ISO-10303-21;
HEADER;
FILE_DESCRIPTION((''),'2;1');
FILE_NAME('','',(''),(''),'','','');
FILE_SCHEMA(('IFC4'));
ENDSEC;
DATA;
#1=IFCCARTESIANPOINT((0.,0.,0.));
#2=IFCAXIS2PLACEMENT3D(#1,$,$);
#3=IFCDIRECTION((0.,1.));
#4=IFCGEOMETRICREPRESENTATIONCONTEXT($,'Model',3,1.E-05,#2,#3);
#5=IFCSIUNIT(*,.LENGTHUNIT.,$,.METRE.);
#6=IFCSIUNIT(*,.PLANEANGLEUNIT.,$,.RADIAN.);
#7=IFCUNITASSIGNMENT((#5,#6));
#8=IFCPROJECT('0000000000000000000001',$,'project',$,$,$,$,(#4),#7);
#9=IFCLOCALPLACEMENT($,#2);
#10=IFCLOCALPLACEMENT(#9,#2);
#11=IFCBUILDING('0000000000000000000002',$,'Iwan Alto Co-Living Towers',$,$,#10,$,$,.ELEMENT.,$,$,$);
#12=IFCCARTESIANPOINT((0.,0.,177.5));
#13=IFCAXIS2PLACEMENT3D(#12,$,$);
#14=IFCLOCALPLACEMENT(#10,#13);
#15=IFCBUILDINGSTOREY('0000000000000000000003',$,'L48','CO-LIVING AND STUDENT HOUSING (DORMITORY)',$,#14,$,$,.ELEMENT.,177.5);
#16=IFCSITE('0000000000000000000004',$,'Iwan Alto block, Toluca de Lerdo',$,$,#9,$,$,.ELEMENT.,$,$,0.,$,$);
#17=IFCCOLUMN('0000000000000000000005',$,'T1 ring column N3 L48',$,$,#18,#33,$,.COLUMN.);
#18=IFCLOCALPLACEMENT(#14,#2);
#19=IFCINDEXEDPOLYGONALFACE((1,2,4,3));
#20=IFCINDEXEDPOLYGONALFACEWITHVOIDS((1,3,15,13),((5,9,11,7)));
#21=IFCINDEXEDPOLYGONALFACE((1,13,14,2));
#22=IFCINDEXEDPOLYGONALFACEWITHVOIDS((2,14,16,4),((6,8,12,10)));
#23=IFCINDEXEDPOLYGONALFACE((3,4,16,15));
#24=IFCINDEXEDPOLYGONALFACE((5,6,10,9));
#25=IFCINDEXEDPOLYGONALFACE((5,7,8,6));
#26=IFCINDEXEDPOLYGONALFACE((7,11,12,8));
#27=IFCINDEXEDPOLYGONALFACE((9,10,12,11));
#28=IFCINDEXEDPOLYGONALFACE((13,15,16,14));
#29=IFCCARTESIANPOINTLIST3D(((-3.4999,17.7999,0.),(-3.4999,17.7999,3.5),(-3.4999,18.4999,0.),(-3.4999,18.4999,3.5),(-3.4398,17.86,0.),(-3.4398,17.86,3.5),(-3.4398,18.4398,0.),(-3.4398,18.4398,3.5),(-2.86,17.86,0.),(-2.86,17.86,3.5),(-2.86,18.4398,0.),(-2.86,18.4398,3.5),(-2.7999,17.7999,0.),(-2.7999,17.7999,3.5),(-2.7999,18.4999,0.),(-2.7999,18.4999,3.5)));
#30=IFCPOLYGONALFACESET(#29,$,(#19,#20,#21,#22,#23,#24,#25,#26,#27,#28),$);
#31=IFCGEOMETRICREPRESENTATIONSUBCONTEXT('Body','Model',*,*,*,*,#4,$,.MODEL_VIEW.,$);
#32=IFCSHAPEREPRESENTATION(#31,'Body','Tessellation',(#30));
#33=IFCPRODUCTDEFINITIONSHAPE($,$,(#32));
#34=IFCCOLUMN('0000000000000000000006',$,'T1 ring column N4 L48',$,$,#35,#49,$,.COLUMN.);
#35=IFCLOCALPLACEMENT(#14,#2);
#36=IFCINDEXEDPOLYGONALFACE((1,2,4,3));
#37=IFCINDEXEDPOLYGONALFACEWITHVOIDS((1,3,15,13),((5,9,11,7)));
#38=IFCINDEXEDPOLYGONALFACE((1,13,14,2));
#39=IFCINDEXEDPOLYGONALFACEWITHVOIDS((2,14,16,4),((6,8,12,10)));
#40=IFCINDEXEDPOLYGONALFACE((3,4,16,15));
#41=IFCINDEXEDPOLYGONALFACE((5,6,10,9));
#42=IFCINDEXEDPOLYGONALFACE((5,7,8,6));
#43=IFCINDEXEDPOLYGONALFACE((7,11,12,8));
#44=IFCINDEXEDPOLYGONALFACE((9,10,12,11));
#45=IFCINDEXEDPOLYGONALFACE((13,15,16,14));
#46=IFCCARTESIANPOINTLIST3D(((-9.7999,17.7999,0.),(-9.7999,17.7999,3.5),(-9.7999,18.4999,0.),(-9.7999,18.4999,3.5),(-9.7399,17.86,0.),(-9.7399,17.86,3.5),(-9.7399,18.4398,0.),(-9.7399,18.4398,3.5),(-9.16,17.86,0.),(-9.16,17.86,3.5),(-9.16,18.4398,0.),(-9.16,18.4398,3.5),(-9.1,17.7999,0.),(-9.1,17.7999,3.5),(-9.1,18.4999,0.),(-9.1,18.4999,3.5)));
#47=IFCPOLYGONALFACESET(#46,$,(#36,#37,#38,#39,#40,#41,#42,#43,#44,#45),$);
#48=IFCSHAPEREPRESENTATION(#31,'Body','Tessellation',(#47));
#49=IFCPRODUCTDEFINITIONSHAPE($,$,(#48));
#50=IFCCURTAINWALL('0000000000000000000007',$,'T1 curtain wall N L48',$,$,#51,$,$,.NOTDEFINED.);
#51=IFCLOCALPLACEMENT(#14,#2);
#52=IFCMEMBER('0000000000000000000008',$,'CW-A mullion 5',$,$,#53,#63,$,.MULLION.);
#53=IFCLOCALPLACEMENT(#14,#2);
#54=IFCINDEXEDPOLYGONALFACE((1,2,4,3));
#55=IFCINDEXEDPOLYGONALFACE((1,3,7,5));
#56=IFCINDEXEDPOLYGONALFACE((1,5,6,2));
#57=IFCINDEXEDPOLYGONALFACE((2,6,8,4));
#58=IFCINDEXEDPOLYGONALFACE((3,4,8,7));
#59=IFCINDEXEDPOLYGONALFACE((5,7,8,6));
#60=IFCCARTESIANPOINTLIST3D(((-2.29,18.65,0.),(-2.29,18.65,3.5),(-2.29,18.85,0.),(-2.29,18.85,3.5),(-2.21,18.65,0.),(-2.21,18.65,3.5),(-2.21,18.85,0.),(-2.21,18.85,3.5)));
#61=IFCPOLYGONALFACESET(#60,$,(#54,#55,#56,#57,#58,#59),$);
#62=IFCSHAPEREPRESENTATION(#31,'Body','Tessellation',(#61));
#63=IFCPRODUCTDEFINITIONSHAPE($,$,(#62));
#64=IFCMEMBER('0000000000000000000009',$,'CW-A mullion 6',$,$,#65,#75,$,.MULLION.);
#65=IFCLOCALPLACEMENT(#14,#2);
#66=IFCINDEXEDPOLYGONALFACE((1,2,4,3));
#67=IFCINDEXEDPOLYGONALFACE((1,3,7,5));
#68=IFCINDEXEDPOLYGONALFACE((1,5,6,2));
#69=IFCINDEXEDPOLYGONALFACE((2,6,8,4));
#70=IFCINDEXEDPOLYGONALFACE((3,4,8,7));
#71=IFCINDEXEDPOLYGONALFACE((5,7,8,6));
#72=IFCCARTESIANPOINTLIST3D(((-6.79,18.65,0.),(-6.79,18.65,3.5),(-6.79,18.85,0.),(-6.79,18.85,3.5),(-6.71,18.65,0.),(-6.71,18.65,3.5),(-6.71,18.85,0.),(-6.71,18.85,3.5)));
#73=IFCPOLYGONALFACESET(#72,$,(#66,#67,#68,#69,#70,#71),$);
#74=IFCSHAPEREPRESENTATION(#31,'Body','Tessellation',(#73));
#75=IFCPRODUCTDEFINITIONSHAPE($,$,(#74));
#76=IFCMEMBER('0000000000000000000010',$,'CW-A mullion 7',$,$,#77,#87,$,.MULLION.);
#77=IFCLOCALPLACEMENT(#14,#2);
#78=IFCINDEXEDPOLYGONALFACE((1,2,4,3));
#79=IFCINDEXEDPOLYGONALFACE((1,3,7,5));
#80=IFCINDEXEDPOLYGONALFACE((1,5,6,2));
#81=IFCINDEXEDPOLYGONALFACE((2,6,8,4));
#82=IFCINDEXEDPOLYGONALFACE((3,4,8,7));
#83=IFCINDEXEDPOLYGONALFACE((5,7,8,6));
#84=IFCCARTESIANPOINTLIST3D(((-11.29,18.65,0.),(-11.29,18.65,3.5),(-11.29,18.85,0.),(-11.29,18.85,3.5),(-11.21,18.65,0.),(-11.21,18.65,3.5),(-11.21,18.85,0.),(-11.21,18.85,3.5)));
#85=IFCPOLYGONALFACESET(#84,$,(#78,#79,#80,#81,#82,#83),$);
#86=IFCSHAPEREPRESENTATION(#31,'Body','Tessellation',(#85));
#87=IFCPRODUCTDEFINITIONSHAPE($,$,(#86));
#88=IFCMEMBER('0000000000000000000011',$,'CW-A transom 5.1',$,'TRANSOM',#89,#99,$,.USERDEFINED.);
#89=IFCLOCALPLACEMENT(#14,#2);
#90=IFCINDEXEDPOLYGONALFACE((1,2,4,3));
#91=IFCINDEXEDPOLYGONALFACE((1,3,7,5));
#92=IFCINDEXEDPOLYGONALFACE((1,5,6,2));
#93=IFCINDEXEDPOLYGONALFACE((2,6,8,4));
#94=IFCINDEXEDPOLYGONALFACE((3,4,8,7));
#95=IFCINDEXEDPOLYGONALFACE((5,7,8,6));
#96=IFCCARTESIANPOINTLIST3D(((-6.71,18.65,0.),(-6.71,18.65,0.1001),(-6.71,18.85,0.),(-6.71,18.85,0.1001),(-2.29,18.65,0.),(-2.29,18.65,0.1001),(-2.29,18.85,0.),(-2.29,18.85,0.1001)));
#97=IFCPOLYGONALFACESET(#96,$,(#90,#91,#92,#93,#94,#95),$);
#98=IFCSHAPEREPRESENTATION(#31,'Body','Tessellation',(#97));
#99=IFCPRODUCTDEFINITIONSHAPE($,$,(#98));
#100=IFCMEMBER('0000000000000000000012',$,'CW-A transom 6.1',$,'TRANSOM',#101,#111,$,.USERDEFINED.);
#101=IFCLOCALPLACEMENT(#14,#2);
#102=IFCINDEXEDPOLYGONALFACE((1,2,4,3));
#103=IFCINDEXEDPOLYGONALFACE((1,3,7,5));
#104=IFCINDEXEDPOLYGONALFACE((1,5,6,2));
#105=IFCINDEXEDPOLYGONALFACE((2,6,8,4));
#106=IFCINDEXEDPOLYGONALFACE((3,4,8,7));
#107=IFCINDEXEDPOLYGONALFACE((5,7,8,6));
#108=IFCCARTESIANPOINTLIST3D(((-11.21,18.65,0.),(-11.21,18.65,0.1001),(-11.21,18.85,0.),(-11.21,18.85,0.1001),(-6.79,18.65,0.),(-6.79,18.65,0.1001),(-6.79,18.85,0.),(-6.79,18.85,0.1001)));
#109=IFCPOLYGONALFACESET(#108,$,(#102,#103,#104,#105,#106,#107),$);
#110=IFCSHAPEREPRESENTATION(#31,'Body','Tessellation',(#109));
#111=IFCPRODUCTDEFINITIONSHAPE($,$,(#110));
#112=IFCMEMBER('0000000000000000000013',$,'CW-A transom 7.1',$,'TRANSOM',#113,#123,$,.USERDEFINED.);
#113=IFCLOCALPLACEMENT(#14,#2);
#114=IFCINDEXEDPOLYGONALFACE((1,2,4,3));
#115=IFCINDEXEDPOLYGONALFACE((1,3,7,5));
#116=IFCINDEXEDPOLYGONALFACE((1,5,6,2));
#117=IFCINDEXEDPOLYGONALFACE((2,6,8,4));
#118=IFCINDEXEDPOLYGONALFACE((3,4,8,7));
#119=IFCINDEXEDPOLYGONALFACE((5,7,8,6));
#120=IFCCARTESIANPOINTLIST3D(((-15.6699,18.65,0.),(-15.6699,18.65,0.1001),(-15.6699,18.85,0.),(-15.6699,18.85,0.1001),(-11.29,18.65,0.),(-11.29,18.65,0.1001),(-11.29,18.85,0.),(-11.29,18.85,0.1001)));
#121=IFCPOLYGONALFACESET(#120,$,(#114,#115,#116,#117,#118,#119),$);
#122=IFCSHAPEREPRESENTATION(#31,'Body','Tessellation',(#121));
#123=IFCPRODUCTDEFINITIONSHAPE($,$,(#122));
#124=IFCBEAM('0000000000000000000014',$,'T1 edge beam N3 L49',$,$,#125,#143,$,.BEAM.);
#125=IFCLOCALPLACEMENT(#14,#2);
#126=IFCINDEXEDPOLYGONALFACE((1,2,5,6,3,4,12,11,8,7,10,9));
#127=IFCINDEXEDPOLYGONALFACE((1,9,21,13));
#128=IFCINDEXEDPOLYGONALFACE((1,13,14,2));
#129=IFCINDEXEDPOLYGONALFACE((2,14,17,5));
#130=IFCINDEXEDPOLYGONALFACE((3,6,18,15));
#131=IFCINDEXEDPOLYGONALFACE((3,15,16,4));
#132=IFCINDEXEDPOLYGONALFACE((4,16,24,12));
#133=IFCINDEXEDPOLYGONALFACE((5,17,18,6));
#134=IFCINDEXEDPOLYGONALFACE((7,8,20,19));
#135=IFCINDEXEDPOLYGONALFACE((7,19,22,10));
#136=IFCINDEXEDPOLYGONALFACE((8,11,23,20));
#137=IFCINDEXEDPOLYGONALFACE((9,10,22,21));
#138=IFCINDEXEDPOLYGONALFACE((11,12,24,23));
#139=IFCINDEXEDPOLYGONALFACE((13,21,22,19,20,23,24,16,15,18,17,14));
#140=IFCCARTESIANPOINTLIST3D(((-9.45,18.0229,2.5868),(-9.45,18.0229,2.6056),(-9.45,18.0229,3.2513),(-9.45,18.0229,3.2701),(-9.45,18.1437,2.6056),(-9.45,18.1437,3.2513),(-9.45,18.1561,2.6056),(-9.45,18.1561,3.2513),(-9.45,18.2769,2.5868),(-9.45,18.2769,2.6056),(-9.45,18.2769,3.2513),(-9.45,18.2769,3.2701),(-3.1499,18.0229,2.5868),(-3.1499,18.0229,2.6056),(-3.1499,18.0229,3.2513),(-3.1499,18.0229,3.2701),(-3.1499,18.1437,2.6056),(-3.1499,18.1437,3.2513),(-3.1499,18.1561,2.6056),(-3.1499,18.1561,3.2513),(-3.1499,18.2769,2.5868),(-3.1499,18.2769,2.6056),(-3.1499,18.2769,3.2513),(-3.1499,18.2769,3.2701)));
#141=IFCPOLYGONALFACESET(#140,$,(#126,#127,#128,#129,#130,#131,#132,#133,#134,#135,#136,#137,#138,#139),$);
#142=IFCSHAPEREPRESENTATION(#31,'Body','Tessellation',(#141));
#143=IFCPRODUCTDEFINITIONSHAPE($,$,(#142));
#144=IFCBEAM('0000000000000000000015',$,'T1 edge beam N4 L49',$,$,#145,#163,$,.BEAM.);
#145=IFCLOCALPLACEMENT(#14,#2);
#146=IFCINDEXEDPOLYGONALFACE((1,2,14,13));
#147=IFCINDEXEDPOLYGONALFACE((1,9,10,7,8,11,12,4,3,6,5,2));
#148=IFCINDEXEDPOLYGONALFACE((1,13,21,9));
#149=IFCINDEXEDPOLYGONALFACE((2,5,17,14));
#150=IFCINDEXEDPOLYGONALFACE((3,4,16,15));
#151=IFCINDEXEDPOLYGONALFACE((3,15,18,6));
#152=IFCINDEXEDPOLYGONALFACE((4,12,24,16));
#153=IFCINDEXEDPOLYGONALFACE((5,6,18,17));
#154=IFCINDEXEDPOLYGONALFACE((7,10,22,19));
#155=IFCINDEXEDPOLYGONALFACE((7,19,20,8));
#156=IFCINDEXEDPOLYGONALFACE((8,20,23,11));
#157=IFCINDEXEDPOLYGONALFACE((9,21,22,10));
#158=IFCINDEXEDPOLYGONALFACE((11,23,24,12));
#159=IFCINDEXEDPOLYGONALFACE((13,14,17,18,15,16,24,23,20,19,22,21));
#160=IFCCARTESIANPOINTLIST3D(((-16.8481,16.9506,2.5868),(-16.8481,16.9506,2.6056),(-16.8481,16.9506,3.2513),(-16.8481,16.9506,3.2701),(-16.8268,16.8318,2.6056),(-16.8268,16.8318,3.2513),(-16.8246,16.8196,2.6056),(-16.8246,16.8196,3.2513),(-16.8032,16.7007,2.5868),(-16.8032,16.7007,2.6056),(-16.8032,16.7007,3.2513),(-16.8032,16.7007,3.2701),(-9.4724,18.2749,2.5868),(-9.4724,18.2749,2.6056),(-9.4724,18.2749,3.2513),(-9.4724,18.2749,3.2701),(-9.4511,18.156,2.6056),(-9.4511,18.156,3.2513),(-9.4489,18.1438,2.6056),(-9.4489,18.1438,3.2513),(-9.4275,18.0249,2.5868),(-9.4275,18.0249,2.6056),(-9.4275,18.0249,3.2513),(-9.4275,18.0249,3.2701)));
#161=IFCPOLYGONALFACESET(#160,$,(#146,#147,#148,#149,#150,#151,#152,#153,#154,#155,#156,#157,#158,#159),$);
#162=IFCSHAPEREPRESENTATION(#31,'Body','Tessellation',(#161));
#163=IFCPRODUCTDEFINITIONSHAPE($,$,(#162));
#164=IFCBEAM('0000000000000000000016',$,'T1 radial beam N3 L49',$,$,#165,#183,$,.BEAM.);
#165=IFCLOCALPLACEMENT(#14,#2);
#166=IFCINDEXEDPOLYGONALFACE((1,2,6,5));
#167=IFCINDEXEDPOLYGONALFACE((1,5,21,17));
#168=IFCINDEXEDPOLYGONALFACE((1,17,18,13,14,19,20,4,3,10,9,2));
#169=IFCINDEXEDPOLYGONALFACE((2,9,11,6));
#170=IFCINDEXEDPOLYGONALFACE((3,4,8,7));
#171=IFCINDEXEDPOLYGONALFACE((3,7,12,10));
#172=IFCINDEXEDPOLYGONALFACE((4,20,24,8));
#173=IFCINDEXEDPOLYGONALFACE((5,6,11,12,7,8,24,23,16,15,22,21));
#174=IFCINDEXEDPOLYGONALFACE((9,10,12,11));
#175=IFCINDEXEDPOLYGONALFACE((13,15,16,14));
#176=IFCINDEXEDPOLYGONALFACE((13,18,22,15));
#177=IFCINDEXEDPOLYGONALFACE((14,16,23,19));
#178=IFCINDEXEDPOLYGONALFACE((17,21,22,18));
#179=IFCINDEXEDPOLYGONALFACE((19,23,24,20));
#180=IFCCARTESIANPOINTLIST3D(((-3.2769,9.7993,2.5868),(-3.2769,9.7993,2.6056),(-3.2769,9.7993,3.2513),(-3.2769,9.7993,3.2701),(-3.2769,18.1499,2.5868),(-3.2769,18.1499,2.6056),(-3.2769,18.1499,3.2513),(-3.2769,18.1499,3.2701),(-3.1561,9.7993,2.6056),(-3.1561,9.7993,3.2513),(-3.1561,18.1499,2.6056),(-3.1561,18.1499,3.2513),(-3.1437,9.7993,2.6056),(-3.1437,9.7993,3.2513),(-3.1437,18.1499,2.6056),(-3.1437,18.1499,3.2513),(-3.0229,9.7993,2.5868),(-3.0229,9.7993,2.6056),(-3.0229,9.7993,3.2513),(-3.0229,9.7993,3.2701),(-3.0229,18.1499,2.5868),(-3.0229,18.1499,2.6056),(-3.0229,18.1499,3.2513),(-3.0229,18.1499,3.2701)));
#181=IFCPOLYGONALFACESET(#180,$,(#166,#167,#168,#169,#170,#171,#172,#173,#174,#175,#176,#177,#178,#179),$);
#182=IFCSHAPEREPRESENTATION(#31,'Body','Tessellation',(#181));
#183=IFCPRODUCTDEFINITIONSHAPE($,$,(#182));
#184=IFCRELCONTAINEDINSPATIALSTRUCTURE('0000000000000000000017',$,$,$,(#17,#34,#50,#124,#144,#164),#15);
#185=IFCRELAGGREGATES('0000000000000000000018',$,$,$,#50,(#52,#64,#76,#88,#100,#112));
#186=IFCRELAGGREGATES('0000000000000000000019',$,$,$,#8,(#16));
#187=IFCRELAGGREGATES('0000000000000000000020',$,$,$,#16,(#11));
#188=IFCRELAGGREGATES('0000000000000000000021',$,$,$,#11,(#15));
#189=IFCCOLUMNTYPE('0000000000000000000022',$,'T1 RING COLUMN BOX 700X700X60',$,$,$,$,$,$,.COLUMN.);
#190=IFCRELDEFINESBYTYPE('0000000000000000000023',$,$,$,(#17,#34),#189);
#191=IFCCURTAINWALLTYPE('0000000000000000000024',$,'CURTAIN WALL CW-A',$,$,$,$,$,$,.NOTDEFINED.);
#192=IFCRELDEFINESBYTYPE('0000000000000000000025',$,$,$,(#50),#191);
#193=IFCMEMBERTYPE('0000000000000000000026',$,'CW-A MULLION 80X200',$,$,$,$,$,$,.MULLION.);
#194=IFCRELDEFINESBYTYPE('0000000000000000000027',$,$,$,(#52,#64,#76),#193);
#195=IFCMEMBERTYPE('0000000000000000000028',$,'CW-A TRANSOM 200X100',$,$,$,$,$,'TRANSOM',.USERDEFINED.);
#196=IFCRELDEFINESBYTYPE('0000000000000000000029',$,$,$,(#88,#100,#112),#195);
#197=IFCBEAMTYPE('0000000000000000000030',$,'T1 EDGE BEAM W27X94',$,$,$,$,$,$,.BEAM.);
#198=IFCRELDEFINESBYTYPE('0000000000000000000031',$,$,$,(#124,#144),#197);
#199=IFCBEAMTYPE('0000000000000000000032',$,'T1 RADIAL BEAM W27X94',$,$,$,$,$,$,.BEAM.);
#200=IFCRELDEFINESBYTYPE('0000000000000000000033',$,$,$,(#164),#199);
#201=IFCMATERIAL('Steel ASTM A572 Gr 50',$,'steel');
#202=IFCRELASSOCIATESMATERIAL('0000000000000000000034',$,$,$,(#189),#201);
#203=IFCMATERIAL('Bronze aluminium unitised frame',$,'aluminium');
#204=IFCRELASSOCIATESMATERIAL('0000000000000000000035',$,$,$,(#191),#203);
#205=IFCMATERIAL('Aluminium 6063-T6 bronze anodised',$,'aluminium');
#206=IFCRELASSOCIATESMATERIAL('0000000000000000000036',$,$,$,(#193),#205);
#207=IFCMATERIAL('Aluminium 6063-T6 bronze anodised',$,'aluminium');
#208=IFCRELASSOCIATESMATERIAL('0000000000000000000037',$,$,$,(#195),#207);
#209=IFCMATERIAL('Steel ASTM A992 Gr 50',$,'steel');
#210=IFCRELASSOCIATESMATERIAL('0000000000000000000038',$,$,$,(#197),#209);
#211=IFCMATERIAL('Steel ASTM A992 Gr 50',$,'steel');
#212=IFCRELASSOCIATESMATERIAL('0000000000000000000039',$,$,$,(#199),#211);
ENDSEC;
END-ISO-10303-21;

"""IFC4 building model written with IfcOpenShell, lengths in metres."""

from ifc_helpers import new_model, si_unit, direction, frame, origin, origin_2d, place, context, subcontext, project, spatial, rectangle, hollow_rectangle, i_section, extrude, material, material_profile, profile_set, type_object, element, aggregate, save


model = new_model("IFC4")

# Units and contexts
model_context = context("Model", 3, precision=1e-05, world=origin(), true_north=direction((0.0, 1.0)))
body_context = subcontext(model_context, "Body", "Model", "MODEL_VIEW")
ifc_project = project(units=[si_unit("LENGTHUNIT", "METRE"), si_unit("PLANEANGLEUNIT", "RADIAN")], contexts=[model_context])

# Site, building, storey
site_placement = place(None, origin())
site = spatial("IfcSite", under=ifc_project, at=site_placement, Name="Iwan Alto block, Toluca de Lerdo", CompositionType="ELEMENT", RefElevation=0.0)
building_placement = place(site_placement, origin())
building = spatial("IfcBuilding", under=site, at=building_placement, Name="Iwan Alto Co-Living Towers", CompositionType="ELEMENT")
storey_placement = place(building_placement, frame((0.0, 0.0, 177.5)))
storey = spatial("IfcBuildingStorey", under=building, at=storey_placement, Name="L48", Description="CO-LIVING AND STUDENT HOUSING (DORMITORY)", CompositionType="ELEMENT", Elevation=177.5)

# Columns
ifc_material_1 = material(Name="Steel ASTM A572 Gr 50", Category="steel")
ifc_material_profile_1 = material_profile(ifc_material_1, hollow_rectangle(XDim=0.7, YDim=0.7, WallThickness=0.0601, at=origin_2d()), Name="BOX 700X700X60")
ifc_profile_set_1 = profile_set([ifc_material_profile_1], Name="Steel ASTM A572 Gr 50")
column_type = type_object("IfcColumnType", Name="T1 RING COLUMN BOX 700X700X60", PredefinedType="COLUMN", material=ifc_profile_set_1)
for number, where, z_axis, x_axis, name in (
    (1, (-3.1499, 18.1499, 0.0), (0.0, 0.0, 1.0), (1.0, 0.0, 0.0), "T1 ring column N3 L48"),
    (2, (-9.45, 18.1499, 0.0), (0.0, 0.0, 1.0), (1.0, 0.0, 0.0), "T1 ring column N4 L48"),
):
    element("IfcColumn", number, at=place(storey_placement, frame(where, z_axis=z_axis, x_axis=x_axis)), inside=storey, type_object=column_type, Name=name, PredefinedType="COLUMN", context=body_context, shape_type="SweptSolid", body=[
        extrude(hollow_rectangle(XDim=0.7, YDim=0.7, WallThickness=0.0601, at=origin_2d()), origin(), (0.0, 0.0, 1.0), 3.5),
    ])

# Curtain wall, members
ifc_material_2 = material(Name="Bronze aluminium unitised frame", Category="aluminium")
curtain_wall_type = type_object("IfcCurtainWallType", Name="CURTAIN WALL CW-A", PredefinedType="NOTDEFINED", material=ifc_material_2)
curtain_wall_placement = place(storey_placement, origin())
curtain_wall = element("IfcCurtainWall", 3, at=curtain_wall_placement, inside=storey, type_object=curtain_wall_type, Name="T1 curtain wall N L48", PredefinedType="NOTDEFINED")
ifc_material_3 = material(Name="Aluminium 6063-T6 bronze anodised", Category="aluminium")
ifc_material_profile_2 = material_profile(ifc_material_3, rectangle(XDim=0.2, YDim=0.0801, at=origin_2d()), Name="AL 80X200")
ifc_profile_set_2 = profile_set([ifc_material_profile_2], Name="Aluminium 6063-T6 bronze anodised")
member_type_1 = type_object("IfcMemberType", Name="CW-A MULLION 80X200", PredefinedType="MULLION", material=ifc_profile_set_2)
member_1_placement = place(storey_placement, frame((-2.25, 18.75, 0.0), z_axis=(0.0, 0.0, 1.0), x_axis=(0.0, -1.0, 0.0)))
member_1 = element("IfcMember", 4, at=member_1_placement, type_object=member_type_1, Name="CW-A mullion 5", PredefinedType="MULLION", context=body_context, shape_type="SweptSolid", body=[
    extrude(rectangle(XDim=0.2, YDim=0.0801, at=origin_2d()), origin(), (0.0, 0.0, 1.0), 3.5),
])
member_2_placement = place(storey_placement, frame((-6.75, 18.75, 0.0), z_axis=(0.0, 0.0, 1.0), x_axis=(0.0, -1.0, 0.0)))
member_2 = element("IfcMember", 5, at=member_2_placement, type_object=member_type_1, Name="CW-A mullion 6", PredefinedType="MULLION", context=body_context, shape_type="SweptSolid", body=[
    extrude(rectangle(XDim=0.2, YDim=0.0801, at=origin_2d()), origin(), (0.0, 0.0, 1.0), 3.5),
])
member_3_placement = place(storey_placement, frame((-11.25, 18.75, 0.0), z_axis=(0.0, 0.0, 1.0), x_axis=(0.0, -1.0, 0.0)))
member_3 = element("IfcMember", 6, at=member_3_placement, type_object=member_type_1, Name="CW-A mullion 7", PredefinedType="MULLION", context=body_context, shape_type="SweptSolid", body=[
    extrude(rectangle(XDim=0.2, YDim=0.0801, at=origin_2d()), origin(), (0.0, 0.0, 1.0), 3.5),
])
ifc_material_4 = material(Name="Aluminium 6063-T6 bronze anodised", Category="aluminium")
ifc_material_profile_3 = material_profile(ifc_material_4, rectangle(XDim=0.2, YDim=0.1001, at=origin_2d()), Name="AL 200X100")
ifc_profile_set_3 = profile_set([ifc_material_profile_3], Name="Aluminium 6063-T6 bronze anodised")
member_type_2 = type_object("IfcMemberType", Name="CW-A TRANSOM 200X100", ElementType="TRANSOM", PredefinedType="USERDEFINED", material=ifc_profile_set_3)
member_4_placement = place(storey_placement, frame((-2.29, 18.75, 0.05), z_axis=(-1.0, 0.0, 0.0), x_axis=(0.0, -1.0, 0.0)))
member_4 = element("IfcMember", 7, at=member_4_placement, type_object=member_type_2, Name="CW-A transom 5.1", ObjectType="TRANSOM", PredefinedType="USERDEFINED", context=body_context, shape_type="SweptSolid", body=[
    extrude(rectangle(XDim=0.2, YDim=0.1001, at=origin_2d()), origin(), (0.0, 0.0, 1.0), 4.4199),
])
member_5_placement = place(storey_placement, frame((-6.79, 18.75, 0.05), z_axis=(-1.0, 0.0, 0.0), x_axis=(0.0, -1.0, 0.0)))
member_5 = element("IfcMember", 8, at=member_5_placement, type_object=member_type_2, Name="CW-A transom 6.1", ObjectType="TRANSOM", PredefinedType="USERDEFINED", context=body_context, shape_type="SweptSolid", body=[
    extrude(rectangle(XDim=0.2, YDim=0.1001, at=origin_2d()), origin(), (0.0, 0.0, 1.0), 4.4199),
])
member_6_placement = place(storey_placement, frame((-11.29, 18.75, 0.05), z_axis=(-1.0, 0.0, 0.0), x_axis=(0.0, -1.0, 0.0)))
member_6 = element("IfcMember", 9, at=member_6_placement, type_object=member_type_2, Name="CW-A transom 7.1", ObjectType="TRANSOM", PredefinedType="USERDEFINED", context=body_context, shape_type="SweptSolid", body=[
    extrude(rectangle(XDim=0.2, YDim=0.1001, at=origin_2d()), origin(), (0.0, 0.0, 1.0), 4.3799),
])

# Beams
ifc_material_5 = material(Name="Steel ASTM A992 Gr 50", Category="steel")
ifc_material_profile_4 = material_profile(ifc_material_5, i_section(OverallWidth=0.2539, OverallDepth=0.6833, WebThickness=0.0125, FlangeThickness=0.0188, at=origin_2d()), Name="W27X94")
ifc_profile_set_4 = profile_set([ifc_material_profile_4], Name="Steel ASTM A992 Gr 50")
beam_type_1 = type_object("IfcBeamType", Name="T1 EDGE BEAM W27X94", PredefinedType="BEAM", material=ifc_profile_set_4)
beam_1_placement = place(storey_placement, frame((-3.1499, 18.1499, 2.9285), z_axis=(-1.0, 0.0, 0.0), x_axis=(0.0, -1.0, 0.0)))
element("IfcBeam", 10, at=beam_1_placement, inside=storey, type_object=beam_type_1, Name="T1 edge beam N3 L49", PredefinedType="BEAM", context=body_context, shape_type="SweptSolid", body=[
    extrude(i_section(OverallWidth=0.2539, OverallDepth=0.6833, WebThickness=0.0125, FlangeThickness=0.0188, at=origin_2d()), origin(), (0.0, 0.0, 1.0), 6.3),
])
beam_2_placement = place(storey_placement, frame((-9.45, 18.1499, 2.9285), z_axis=(-0.984263, -0.176712, 0.0), x_axis=(0.176712, -0.984263, 0.0)))
element("IfcBeam", 11, at=beam_2_placement, inside=storey, type_object=beam_type_1, Name="T1 edge beam N4 L49", PredefinedType="BEAM", context=body_context, shape_type="SweptSolid", body=[
    extrude(i_section(OverallWidth=0.2539, OverallDepth=0.6833, WebThickness=0.0125, FlangeThickness=0.0188, at=origin_2d()), origin(), (0.0, 0.0, 1.0), 7.4937),
])
ifc_material_6 = material(Name="Steel ASTM A992 Gr 50", Category="steel")
ifc_material_profile_5 = material_profile(ifc_material_6, i_section(OverallWidth=0.2539, OverallDepth=0.6833, WebThickness=0.0125, FlangeThickness=0.0188, at=origin_2d()), Name="W27X94")
ifc_profile_set_5 = profile_set([ifc_material_profile_5], Name="Steel ASTM A992 Gr 50")
beam_type_2 = type_object("IfcBeamType", Name="T1 RADIAL BEAM W27X94", PredefinedType="BEAM", material=ifc_profile_set_5)
for number, where, z_axis, x_axis, name in (
    (12, (-3.1499, 18.1499, 2.9285), (0.0, -1.0, 0.0), (1.0, 0.0, 0.0), "T1 radial beam N3 L49"),
):
    element("IfcBeam", number, at=place(storey_placement, frame(where, z_axis=z_axis, x_axis=x_axis)), inside=storey, type_object=beam_type_2, Name=name, PredefinedType="BEAM", context=body_context, shape_type="SweptSolid", body=[
        extrude(i_section(OverallWidth=0.2539, OverallDepth=0.6833, WebThickness=0.0125, FlangeThickness=0.0188, at=origin_2d()), origin(), (0.0, 0.0, 1.0), 8.3506),
    ])

aggregate(curtain_wall, [member_1, member_2, member_3, member_4, member_5, member_6])

save(model, "model.ifc")
